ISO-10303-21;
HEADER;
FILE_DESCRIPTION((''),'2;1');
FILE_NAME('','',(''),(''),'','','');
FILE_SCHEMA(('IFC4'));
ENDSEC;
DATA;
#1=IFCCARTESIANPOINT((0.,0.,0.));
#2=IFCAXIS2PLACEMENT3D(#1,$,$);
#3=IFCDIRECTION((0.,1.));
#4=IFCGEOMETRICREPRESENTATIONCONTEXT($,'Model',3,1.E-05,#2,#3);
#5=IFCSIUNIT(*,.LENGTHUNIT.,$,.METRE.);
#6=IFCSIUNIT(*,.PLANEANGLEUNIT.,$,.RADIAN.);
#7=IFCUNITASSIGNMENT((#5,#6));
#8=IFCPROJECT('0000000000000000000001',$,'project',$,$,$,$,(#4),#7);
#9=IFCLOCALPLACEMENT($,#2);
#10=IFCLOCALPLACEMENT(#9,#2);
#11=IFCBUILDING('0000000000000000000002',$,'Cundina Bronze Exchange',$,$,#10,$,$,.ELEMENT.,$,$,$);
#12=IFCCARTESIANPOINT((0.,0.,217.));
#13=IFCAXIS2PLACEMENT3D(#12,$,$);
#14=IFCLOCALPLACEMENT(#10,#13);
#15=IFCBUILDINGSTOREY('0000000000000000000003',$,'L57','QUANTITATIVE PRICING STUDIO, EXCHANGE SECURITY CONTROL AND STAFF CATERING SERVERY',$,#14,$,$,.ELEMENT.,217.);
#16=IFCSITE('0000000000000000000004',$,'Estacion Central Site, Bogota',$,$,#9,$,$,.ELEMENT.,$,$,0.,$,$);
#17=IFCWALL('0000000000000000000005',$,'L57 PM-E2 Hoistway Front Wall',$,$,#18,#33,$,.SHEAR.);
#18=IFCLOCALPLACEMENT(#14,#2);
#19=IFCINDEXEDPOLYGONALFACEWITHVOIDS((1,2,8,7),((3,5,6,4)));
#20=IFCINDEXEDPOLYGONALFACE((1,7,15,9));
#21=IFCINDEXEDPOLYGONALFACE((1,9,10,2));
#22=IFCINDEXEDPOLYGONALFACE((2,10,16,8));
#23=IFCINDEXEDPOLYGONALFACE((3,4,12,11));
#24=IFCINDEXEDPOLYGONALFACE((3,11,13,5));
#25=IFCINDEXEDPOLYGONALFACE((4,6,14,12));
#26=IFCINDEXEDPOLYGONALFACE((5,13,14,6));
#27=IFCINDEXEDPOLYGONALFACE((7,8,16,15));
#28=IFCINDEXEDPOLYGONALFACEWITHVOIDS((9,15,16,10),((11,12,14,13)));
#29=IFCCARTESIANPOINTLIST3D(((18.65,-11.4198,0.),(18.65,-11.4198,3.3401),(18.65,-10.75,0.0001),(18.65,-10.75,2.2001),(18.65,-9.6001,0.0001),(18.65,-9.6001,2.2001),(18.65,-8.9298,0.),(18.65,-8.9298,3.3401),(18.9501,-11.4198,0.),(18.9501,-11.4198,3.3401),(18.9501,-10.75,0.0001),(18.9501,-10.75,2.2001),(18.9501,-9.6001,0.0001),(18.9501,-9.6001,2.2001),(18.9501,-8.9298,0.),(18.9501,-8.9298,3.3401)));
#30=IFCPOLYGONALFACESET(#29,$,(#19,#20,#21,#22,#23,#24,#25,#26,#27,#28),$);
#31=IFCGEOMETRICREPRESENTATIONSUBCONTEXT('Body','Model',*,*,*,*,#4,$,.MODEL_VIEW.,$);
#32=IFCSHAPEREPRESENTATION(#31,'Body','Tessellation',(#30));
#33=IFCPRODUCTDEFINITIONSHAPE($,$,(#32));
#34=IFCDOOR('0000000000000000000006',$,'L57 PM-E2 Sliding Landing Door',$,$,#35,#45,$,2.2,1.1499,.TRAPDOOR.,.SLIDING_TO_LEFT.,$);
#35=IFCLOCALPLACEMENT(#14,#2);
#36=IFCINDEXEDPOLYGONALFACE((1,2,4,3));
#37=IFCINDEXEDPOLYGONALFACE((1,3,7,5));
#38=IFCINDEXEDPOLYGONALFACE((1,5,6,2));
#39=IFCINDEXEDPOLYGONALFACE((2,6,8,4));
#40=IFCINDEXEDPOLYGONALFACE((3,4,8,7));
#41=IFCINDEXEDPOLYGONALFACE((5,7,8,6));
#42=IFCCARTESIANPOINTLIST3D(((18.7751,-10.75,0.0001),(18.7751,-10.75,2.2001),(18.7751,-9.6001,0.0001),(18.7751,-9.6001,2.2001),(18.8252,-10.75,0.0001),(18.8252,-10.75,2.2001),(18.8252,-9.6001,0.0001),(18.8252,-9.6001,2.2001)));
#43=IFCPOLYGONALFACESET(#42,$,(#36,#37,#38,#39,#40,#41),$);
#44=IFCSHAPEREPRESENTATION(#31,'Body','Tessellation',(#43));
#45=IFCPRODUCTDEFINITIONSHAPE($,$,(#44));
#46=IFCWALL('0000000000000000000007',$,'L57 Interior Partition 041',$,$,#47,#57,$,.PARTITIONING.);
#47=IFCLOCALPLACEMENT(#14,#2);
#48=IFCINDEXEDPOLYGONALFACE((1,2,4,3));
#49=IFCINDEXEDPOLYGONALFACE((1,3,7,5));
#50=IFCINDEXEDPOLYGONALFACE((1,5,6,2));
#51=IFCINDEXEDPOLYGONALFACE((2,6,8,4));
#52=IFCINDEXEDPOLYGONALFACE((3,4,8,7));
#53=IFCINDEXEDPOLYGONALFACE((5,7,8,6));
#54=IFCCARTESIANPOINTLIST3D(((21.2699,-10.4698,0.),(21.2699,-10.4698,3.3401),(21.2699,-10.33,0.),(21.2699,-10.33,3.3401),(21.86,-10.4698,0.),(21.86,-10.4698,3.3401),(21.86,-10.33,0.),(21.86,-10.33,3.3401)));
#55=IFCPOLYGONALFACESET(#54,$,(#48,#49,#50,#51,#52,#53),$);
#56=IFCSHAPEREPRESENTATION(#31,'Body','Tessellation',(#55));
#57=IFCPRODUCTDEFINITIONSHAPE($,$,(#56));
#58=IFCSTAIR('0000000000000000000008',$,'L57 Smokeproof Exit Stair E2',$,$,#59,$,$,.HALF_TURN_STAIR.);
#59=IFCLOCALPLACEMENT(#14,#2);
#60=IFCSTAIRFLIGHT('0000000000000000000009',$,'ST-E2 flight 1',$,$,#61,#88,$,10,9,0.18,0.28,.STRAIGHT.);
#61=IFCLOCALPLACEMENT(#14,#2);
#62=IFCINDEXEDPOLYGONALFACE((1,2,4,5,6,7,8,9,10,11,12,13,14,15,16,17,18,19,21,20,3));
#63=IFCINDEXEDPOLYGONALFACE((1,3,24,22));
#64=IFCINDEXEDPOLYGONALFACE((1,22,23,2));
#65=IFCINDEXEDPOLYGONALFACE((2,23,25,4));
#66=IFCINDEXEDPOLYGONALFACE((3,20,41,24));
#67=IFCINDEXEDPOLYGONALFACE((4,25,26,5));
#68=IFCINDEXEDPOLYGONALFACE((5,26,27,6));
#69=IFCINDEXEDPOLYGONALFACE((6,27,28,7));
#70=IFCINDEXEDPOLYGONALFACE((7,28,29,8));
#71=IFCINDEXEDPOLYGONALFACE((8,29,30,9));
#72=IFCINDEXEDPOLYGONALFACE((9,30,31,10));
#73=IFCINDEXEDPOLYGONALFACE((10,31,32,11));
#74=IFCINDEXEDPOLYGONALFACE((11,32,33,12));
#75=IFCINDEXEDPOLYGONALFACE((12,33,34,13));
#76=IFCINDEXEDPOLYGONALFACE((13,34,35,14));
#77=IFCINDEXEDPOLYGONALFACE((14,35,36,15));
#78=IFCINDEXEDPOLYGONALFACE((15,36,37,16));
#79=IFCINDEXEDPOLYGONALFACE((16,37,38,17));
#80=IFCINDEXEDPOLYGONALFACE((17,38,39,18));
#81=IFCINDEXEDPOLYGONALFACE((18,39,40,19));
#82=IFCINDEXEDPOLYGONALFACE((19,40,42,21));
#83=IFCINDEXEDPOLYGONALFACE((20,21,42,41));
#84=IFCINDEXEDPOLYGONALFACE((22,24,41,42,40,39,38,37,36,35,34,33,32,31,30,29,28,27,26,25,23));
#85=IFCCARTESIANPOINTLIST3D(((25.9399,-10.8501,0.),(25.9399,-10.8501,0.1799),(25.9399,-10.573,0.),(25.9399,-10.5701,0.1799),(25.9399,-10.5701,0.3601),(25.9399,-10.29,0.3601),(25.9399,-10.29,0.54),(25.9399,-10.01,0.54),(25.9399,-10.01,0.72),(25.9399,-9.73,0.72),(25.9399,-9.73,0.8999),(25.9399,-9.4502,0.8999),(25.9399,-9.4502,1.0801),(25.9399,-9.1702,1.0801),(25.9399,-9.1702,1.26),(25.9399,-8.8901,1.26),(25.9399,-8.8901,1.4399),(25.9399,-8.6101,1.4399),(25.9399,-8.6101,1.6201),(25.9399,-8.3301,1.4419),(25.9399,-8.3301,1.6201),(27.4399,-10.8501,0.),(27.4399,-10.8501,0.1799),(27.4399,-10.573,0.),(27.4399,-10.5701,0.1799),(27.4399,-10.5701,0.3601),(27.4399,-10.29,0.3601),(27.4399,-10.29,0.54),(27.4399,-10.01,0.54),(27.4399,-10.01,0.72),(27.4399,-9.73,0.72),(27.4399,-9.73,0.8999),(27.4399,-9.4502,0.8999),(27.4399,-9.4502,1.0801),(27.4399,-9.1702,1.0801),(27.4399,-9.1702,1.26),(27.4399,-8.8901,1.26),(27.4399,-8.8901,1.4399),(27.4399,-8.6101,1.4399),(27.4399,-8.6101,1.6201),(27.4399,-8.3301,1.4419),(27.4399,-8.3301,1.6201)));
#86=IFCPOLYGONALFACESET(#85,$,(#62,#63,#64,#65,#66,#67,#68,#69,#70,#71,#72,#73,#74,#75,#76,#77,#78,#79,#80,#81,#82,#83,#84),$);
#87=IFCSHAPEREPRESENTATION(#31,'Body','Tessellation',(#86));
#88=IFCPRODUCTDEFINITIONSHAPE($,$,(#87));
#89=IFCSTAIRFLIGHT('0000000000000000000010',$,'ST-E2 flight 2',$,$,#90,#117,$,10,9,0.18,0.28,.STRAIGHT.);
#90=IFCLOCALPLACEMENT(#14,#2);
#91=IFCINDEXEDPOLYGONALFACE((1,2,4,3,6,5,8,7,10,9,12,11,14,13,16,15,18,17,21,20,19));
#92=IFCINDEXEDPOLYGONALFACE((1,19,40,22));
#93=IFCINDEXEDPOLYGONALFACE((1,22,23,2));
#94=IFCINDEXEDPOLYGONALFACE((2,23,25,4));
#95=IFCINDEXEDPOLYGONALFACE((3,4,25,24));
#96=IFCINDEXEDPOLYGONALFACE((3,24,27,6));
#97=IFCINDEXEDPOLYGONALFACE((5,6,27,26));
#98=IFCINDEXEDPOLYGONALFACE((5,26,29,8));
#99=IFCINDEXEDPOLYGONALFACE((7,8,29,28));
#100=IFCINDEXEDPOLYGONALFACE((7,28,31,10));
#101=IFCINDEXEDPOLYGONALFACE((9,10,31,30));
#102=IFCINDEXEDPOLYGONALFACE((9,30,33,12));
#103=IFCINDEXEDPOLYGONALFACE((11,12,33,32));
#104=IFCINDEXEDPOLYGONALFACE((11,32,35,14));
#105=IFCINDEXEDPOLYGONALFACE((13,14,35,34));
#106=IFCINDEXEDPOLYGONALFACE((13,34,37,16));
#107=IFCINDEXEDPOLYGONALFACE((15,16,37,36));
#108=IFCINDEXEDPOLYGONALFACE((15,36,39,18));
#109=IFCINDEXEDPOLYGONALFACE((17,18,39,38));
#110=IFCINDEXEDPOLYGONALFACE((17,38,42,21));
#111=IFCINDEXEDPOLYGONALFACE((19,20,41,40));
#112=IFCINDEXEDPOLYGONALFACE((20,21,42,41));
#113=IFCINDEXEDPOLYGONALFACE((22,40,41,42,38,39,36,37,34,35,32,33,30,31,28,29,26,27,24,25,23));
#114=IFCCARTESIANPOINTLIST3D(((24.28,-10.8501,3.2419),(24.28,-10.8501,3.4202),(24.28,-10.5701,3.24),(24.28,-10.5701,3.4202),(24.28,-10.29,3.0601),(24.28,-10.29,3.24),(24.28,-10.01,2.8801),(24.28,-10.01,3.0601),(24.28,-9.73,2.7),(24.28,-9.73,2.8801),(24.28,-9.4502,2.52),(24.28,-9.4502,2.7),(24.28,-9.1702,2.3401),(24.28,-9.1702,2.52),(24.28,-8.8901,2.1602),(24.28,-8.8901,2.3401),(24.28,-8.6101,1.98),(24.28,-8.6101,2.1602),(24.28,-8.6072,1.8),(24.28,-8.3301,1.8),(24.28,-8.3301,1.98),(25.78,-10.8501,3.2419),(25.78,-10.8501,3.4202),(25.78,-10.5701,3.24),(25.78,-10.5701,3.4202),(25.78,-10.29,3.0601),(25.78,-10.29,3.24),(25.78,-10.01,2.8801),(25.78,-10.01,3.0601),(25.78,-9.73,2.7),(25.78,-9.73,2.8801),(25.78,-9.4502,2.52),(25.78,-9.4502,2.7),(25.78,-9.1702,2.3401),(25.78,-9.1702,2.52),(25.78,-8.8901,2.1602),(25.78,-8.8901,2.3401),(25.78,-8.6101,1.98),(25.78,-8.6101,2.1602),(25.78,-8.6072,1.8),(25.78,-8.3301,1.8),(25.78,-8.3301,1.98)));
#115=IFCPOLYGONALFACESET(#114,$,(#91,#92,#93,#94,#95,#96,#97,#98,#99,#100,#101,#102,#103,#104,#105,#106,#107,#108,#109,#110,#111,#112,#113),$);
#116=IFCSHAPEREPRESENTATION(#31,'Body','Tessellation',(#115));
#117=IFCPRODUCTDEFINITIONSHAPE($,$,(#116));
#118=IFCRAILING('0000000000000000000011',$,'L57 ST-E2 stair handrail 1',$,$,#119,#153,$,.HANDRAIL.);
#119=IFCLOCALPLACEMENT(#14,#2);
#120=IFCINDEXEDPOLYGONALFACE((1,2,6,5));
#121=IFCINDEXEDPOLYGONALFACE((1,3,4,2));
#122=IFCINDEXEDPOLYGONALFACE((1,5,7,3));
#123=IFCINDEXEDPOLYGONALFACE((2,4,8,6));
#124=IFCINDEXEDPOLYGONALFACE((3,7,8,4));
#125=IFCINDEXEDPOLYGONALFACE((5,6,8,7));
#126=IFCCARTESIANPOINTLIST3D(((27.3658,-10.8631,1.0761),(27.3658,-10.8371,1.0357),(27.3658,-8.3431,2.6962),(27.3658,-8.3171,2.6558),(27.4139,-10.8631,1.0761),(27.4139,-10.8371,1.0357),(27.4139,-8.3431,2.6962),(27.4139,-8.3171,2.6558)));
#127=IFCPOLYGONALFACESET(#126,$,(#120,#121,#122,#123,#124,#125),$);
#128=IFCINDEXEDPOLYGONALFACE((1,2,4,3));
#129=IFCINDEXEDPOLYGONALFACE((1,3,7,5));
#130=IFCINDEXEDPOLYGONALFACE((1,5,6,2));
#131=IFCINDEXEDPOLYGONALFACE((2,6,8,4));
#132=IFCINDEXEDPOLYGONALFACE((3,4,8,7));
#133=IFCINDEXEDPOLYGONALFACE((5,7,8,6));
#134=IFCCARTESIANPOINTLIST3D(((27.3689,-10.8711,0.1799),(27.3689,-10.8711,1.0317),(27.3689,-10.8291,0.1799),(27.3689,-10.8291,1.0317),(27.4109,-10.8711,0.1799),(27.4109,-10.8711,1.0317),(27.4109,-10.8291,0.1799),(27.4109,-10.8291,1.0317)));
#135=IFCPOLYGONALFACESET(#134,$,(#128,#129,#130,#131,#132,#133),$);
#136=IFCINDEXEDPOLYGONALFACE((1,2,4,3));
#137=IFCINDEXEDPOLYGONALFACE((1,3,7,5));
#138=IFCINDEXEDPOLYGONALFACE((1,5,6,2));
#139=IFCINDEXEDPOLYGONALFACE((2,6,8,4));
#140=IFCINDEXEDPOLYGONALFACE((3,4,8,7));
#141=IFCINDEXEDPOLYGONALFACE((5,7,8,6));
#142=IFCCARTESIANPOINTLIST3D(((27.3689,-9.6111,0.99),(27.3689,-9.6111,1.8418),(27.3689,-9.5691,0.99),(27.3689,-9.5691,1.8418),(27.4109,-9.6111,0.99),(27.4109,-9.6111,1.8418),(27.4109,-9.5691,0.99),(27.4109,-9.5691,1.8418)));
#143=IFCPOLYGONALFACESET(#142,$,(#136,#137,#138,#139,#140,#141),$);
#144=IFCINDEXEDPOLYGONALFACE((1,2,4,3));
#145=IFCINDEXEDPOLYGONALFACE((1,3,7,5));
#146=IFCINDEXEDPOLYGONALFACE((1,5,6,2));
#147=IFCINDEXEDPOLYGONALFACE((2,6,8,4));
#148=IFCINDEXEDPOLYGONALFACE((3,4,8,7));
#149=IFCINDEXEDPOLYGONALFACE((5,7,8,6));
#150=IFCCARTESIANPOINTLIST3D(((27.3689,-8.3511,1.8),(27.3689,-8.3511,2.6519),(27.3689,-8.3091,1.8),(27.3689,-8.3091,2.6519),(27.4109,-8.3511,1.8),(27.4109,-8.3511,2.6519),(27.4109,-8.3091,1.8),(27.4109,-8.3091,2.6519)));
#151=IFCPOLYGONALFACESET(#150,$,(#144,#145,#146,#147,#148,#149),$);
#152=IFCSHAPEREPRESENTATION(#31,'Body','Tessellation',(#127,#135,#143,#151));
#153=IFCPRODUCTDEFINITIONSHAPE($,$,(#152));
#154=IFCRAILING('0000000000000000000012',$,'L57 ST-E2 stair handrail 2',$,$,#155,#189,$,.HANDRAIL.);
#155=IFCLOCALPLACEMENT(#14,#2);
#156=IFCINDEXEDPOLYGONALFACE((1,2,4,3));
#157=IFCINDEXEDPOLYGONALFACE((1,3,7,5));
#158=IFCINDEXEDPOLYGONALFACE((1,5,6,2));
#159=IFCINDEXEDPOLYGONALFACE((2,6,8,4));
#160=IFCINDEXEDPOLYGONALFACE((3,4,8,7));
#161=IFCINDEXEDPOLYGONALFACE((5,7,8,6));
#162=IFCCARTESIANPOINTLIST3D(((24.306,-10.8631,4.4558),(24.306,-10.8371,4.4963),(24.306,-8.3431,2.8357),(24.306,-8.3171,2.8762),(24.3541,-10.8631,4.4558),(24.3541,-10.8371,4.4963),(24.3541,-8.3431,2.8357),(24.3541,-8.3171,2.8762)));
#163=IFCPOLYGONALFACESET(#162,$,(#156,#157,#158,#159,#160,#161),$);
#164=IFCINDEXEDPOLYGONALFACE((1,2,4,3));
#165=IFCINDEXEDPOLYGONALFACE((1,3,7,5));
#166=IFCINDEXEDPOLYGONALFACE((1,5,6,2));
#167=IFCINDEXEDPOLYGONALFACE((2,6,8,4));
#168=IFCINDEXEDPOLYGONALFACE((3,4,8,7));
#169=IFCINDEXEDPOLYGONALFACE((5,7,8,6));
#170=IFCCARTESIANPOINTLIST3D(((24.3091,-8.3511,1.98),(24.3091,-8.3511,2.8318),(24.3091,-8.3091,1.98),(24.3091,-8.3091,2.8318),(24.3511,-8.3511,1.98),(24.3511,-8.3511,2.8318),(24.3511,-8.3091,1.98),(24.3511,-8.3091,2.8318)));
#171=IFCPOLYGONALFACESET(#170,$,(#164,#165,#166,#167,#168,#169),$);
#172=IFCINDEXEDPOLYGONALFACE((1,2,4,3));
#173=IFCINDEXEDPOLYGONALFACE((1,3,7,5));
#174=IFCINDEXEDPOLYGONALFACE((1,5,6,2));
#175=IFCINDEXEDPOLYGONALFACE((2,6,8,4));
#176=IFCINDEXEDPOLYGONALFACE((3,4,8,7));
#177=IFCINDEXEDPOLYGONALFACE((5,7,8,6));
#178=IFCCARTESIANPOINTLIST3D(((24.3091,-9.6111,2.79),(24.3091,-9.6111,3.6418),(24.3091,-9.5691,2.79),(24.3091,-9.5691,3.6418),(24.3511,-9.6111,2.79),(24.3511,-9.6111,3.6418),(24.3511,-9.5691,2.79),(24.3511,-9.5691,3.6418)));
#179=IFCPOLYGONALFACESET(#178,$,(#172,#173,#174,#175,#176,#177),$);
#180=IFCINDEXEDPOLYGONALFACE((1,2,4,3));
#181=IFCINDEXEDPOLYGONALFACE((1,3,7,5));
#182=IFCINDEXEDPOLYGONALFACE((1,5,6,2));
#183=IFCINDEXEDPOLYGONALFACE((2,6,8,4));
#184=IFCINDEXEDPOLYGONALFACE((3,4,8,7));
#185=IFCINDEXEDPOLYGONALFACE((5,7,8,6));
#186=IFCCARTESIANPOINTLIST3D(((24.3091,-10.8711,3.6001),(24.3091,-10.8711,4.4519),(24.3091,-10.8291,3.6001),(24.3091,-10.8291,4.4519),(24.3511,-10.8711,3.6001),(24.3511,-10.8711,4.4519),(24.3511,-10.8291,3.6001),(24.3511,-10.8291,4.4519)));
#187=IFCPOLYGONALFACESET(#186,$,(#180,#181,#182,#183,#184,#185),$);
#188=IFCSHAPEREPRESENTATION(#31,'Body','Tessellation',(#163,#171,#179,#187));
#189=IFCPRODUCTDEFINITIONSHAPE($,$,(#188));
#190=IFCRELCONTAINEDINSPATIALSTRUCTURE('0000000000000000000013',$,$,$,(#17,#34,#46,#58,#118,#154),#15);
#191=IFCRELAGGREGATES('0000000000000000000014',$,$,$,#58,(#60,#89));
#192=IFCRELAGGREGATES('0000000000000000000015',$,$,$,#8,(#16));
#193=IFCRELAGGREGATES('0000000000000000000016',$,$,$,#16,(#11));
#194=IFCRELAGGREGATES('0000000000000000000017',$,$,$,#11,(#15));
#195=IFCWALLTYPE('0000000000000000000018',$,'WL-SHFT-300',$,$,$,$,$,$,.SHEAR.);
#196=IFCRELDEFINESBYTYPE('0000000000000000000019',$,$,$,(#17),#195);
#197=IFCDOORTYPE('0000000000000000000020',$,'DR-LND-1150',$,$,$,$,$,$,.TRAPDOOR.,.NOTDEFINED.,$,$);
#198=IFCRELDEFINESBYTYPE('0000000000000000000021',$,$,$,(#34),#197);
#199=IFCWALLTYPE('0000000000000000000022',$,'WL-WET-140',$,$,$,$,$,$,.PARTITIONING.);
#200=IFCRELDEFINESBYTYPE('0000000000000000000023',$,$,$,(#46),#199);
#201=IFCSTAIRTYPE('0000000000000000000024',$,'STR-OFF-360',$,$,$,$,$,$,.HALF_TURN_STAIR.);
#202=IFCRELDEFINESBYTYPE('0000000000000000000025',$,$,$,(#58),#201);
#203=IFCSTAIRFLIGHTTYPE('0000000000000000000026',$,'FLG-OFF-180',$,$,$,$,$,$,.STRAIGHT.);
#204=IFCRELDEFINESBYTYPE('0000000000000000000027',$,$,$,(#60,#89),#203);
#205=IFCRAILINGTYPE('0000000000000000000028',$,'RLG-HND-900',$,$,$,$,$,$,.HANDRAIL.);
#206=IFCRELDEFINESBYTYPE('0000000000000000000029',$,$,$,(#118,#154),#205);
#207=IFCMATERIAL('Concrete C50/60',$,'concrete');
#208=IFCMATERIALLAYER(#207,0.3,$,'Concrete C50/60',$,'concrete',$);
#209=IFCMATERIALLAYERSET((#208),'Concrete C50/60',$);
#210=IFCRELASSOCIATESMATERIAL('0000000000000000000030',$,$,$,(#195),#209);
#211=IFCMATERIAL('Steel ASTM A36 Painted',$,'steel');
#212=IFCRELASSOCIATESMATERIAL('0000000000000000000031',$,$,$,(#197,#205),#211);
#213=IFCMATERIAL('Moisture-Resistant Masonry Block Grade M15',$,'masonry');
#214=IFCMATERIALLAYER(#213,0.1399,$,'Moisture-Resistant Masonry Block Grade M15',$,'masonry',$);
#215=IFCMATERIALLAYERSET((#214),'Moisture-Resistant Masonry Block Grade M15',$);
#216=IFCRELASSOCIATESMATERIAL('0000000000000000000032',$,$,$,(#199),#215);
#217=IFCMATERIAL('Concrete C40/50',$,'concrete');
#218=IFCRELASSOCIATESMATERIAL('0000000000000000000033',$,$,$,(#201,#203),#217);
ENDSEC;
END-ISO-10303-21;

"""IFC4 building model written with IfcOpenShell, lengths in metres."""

from ifc_helpers import new_model, si_unit, direction, frame, frame_2d, origin, origin_2d, place, context, subcontext, project, spatial, polyline, rectangle, outline, extrude, material, layer, layer_set, type_object, element, fill, aggregate, save


model = new_model("IFC4")

# Units and contexts
model_context = context("Model", 3, precision=1e-05, world=origin(), true_north=direction((0.0, 1.0)))
body_context = subcontext(model_context, "Body", "Model", "MODEL_VIEW")
ifc_project = project(units=[si_unit("LENGTHUNIT", "METRE"), si_unit("PLANEANGLEUNIT", "RADIAN")], contexts=[model_context])

# Site, building, storey
site_placement = place(None, origin())
site = spatial("IfcSite", under=ifc_project, at=site_placement, Name="Estacion Central Site, Bogota", CompositionType="ELEMENT", RefElevation=0.0)
building_placement = place(site_placement, origin())
building = spatial("IfcBuilding", under=site, at=building_placement, Name="Cundina Bronze Exchange", CompositionType="ELEMENT")
storey_placement = place(building_placement, frame((0.0, 0.0, 217.0)))
storey = spatial("IfcBuildingStorey", under=building, at=storey_placement, Name="L57", Description="QUANTITATIVE PRICING STUDIO, EXCHANGE SECURITY CONTROL AND STAFF CATERING SERVERY", CompositionType="ELEMENT", Elevation=217.0)

# Shared definitions
ifc_material_1 = material(Name="Concrete C50/60", Category="concrete")

# Shared definitions
ifc_layer_1 = layer(ifc_material_1, 0.3, Name="Concrete C50/60", Category="concrete")
ifc_layer_set_1 = layer_set([ifc_layer_1], Name="Concrete C50/60")
wall_type_1 = type_object("IfcWallType", Name="WL-SHFT-300", PredefinedType="SHEAR", material=ifc_layer_set_1)

# Shared definitions
ifc_material_2 = material(Name="Steel ASTM A36 Painted", Category="steel")
door_type_1 = type_object("IfcDoorType", Name="DR-LND-1150", OperationType="NOTDEFINED", PredefinedType="TRAPDOOR", material=ifc_material_2)

# Wall, opening, door
wall_1_placement = place(storey_placement, frame((18.8, -11.4199, 0.0), z_axis=(0.0, 0.0, 1.0), x_axis=(0.0, 1.0, 0.0)))
wall_1 = element("IfcWall", 1, at=wall_1_placement, inside=storey, type_object=wall_type_1, Name="L57 PM-E2 Hoistway Front Wall", PredefinedType="SHEAR", context=body_context, shape_type="SweptSolid", body=[
    extrude(rectangle(XDim=2.49, YDim=0.3, at=frame_2d((1.2451, 0.0))), origin(), (0.0, 0.0, 1.0), 3.3401),
])
opening_1_placement = place(wall_1_placement, frame((0.6699, 0.0, 0.0)))
opening_1 = element("IfcOpeningElement", 2, at=opening_1_placement, cuts=wall_1, PredefinedType="OPENING", context=body_context, shape_type="SweptSolid", body=[
    extrude(rectangle(XDim=1.1499, YDim=2.2, at=frame_2d((0.575, 1.1001))), frame((0.0, 0.1599, 0.0), z_axis=(0.0, -1.0, 0.0), x_axis=(1.0, 0.0, 0.0)), (0.0, 0.0, 1.0), 0.3201),
])
door_1_placement = place(opening_1_placement, origin())
door_1 = element("IfcDoor", 3, at=door_1_placement, inside=storey, type_object=door_type_1, Name="L57 PM-E2 Sliding Landing Door", OperationType="SLIDING_TO_LEFT", OverallHeight=2.2, OverallWidth=1.1499, PredefinedType="TRAPDOOR", context=body_context, shape_type="SweptSolid", body=[
    extrude(rectangle(XDim=1.1499, YDim=2.2, at=frame_2d((0.575, 1.1001))), frame((0.0, 0.0249, 0.0), z_axis=(0.0, -1.0, 0.0), x_axis=(1.0, 0.0, 0.0)), (0.0, 0.0, 1.0), 0.05),
])
fill(opening_1, door_1)

# Wall
ifc_material_3 = material(Name="Moisture-Resistant Masonry Block Grade M15", Category="masonry")
ifc_layer_2 = layer(ifc_material_3, 0.1399, Name="Moisture-Resistant Masonry Block Grade M15", Category="masonry")
ifc_layer_set_2 = layer_set([ifc_layer_2], Name="Moisture-Resistant Masonry Block Grade M15")
wall_type_2 = type_object("IfcWallType", Name="WL-WET-140", PredefinedType="PARTITIONING", material=ifc_layer_set_2)
wall_2_placement = place(storey_placement, frame((21.27, -10.3999, 0.0), z_axis=(0.0, 0.0, 1.0), x_axis=(1.0, 0.0, 0.0)))
element("IfcWall", 4, at=wall_2_placement, inside=storey, type_object=wall_type_2, Name="L57 Interior Partition 041", PredefinedType="PARTITIONING", context=body_context, shape_type="SweptSolid", body=[
    extrude(rectangle(XDim=0.5901, YDim=0.1399, at=frame_2d((0.2949, 0.0))), origin(), (0.0, 0.0, 1.0), 3.3401),
])

# Stair, stair flights
ifc_material_4 = material(Name="Concrete C40/50", Category="concrete")
stair_type = type_object("IfcStairType", Name="STR-OFF-360", PredefinedType="HALF_TURN_STAIR", material=ifc_material_4)
stair_placement = place(storey_placement, origin())
stair = element("IfcStair", 5, at=stair_placement, inside=storey, type_object=stair_type, Name="L57 Smokeproof Exit Stair E2", PredefinedType="HALF_TURN_STAIR")
stair_flight_type = type_object("IfcStairFlightType", Name="FLG-OFF-180", PredefinedType="STRAIGHT", material=ifc_material_4)
stair_flight_1_placement = place(storey_placement, frame((26.6899, -10.8501, 0.0), z_axis=(0.0, 0.0, 1.0), x_axis=(0.0, 1.0, 0.0)))
stair_flight_1 = element("IfcStairFlight", 6, at=stair_flight_1_placement, type_object=stair_flight_type, Name="ST-E2 flight 1", NumberOfRisers=10, NumberOfTreads=9, PredefinedType="STRAIGHT", RiserHeight=0.18, TreadLength=0.28, context=body_context, shape_type="SweptSolid", body=[
    extrude(outline(polyline([(0.0, 0.0), (0.0, 0.1799), (0.28, 0.1799), (0.28, 0.3601), (0.5601, 0.3601), (0.5601, 0.54), (0.8401, 0.54), (0.8401, 0.72), (1.1201, 0.72), (1.1201, 0.8999), (1.3999, 0.8999), (1.3999, 1.0801), (1.6799, 1.0801), (1.6799, 1.26), (1.96, 1.26), (1.96, 1.4399), (2.24, 1.4399), (2.24, 1.6201), (2.52, 1.6201), (2.52, 1.8), (2.52, 1.4419), (0.2771, 0.0), (0.0, 0.0)])), frame((0.0, 0.75, 0.0), z_axis=(0.0, -1.0, 0.0), x_axis=(1.0, 0.0, 0.0)), (0.0, 0.0, 1.0), 1.5),
])
stair_flight_2_placement = place(storey_placement, frame((25.03, -8.3301, 1.8), z_axis=(0.0, 0.0, 1.0), x_axis=(0.0, -1.0, 0.0)))
stair_flight_2 = element("IfcStairFlight", 7, at=stair_flight_2_placement, type_object=stair_flight_type, Name="ST-E2 flight 2", NumberOfRisers=10, NumberOfTreads=9, PredefinedType="STRAIGHT", RiserHeight=0.18, TreadLength=0.28, context=body_context, shape_type="SweptSolid", body=[
    extrude(outline(polyline([(0.0, 0.0), (0.0, 0.1799), (0.28, 0.1799), (0.28, 0.3601), (0.5601, 0.3601), (0.5601, 0.54), (0.8401, 0.54), (0.8401, 0.72), (1.1201, 0.72), (1.1201, 0.8999), (1.3999, 0.8999), (1.3999, 1.0801), (1.6799, 1.0801), (1.6799, 1.26), (1.96, 1.26), (1.96, 1.4399), (2.24, 1.4399), (2.24, 1.6201), (2.52, 1.6201), (2.52, 1.8), (2.52, 1.4419), (0.2771, 0.0), (0.0, 0.0)])), frame((0.0, 0.75, 0.0), z_axis=(0.0, -1.0, 0.0), x_axis=(1.0, 0.0, 0.0)), (0.0, 0.0, 1.0), 1.5),
])
aggregate(stair, [stair_flight_1, stair_flight_2])

# Railings
railing_type_1 = type_object("IfcRailingType", Name="RLG-HND-900", PredefinedType="HANDRAIL", material=ifc_material_2)
railing_1_placement = place(storey_placement, frame((27.3899, -10.8501, 0.1799)))
element("IfcRailing", 8, at=railing_1_placement, inside=storey, type_object=railing_type_1, Name="L57 ST-E2 stair handrail 1", PredefinedType="HANDRAIL", context=body_context, shape_type="SweptSolid", body=[
    extrude(rectangle(XDim=0.0481, YDim=0.0481, at=origin_2d()), frame((0.0, 0.0, 0.876), z_axis=(0.0, 0.841163, 0.540782), x_axis=(-1.0, 0.0, 0.0)), (0.0, 0.0, 1.0), 2.9958),
    extrude(rectangle(XDim=0.042, YDim=0.042, at=origin_2d()), origin(), (0.0, 0.0, 1.0), 0.8518),
    extrude(rectangle(XDim=0.042, YDim=0.042, at=origin_2d()), frame((0.0, 1.26, 0.8101)), (0.0, 0.0, 1.0), 0.8518),
    extrude(rectangle(XDim=0.042, YDim=0.042, at=origin_2d()), frame((0.0, 2.52, 1.6201)), (0.0, 0.0, 1.0), 0.8518),
])
railing_2_placement = place(storey_placement, frame((24.3301, -8.3301, 1.98)))
element("IfcRailing", 9, at=railing_2_placement, inside=storey, type_object=railing_type_1, Name="L57 ST-E2 stair handrail 2", PredefinedType="HANDRAIL", context=body_context, shape_type="SweptSolid", body=[
    extrude(rectangle(XDim=0.0481, YDim=0.0481, at=origin_2d()), frame((0.0, 0.0, 0.876), z_axis=(0.0, -0.841163, 0.540782), x_axis=(1.0, 0.0, 0.0)), (0.0, 0.0, 1.0), 2.9958),
    extrude(rectangle(XDim=0.042, YDim=0.042, at=origin_2d()), origin(), (0.0, 0.0, 1.0), 0.8518),
    extrude(rectangle(XDim=0.042, YDim=0.042, at=origin_2d()), frame((0.0, -1.26, 0.8101)), (0.0, 0.0, 1.0), 0.8518),
    extrude(rectangle(XDim=0.042, YDim=0.042, at=origin_2d()), frame((0.0, -2.52, 1.6201)), (0.0, 0.0, 1.0), 0.8518),
])

save(model, "model.ifc")
